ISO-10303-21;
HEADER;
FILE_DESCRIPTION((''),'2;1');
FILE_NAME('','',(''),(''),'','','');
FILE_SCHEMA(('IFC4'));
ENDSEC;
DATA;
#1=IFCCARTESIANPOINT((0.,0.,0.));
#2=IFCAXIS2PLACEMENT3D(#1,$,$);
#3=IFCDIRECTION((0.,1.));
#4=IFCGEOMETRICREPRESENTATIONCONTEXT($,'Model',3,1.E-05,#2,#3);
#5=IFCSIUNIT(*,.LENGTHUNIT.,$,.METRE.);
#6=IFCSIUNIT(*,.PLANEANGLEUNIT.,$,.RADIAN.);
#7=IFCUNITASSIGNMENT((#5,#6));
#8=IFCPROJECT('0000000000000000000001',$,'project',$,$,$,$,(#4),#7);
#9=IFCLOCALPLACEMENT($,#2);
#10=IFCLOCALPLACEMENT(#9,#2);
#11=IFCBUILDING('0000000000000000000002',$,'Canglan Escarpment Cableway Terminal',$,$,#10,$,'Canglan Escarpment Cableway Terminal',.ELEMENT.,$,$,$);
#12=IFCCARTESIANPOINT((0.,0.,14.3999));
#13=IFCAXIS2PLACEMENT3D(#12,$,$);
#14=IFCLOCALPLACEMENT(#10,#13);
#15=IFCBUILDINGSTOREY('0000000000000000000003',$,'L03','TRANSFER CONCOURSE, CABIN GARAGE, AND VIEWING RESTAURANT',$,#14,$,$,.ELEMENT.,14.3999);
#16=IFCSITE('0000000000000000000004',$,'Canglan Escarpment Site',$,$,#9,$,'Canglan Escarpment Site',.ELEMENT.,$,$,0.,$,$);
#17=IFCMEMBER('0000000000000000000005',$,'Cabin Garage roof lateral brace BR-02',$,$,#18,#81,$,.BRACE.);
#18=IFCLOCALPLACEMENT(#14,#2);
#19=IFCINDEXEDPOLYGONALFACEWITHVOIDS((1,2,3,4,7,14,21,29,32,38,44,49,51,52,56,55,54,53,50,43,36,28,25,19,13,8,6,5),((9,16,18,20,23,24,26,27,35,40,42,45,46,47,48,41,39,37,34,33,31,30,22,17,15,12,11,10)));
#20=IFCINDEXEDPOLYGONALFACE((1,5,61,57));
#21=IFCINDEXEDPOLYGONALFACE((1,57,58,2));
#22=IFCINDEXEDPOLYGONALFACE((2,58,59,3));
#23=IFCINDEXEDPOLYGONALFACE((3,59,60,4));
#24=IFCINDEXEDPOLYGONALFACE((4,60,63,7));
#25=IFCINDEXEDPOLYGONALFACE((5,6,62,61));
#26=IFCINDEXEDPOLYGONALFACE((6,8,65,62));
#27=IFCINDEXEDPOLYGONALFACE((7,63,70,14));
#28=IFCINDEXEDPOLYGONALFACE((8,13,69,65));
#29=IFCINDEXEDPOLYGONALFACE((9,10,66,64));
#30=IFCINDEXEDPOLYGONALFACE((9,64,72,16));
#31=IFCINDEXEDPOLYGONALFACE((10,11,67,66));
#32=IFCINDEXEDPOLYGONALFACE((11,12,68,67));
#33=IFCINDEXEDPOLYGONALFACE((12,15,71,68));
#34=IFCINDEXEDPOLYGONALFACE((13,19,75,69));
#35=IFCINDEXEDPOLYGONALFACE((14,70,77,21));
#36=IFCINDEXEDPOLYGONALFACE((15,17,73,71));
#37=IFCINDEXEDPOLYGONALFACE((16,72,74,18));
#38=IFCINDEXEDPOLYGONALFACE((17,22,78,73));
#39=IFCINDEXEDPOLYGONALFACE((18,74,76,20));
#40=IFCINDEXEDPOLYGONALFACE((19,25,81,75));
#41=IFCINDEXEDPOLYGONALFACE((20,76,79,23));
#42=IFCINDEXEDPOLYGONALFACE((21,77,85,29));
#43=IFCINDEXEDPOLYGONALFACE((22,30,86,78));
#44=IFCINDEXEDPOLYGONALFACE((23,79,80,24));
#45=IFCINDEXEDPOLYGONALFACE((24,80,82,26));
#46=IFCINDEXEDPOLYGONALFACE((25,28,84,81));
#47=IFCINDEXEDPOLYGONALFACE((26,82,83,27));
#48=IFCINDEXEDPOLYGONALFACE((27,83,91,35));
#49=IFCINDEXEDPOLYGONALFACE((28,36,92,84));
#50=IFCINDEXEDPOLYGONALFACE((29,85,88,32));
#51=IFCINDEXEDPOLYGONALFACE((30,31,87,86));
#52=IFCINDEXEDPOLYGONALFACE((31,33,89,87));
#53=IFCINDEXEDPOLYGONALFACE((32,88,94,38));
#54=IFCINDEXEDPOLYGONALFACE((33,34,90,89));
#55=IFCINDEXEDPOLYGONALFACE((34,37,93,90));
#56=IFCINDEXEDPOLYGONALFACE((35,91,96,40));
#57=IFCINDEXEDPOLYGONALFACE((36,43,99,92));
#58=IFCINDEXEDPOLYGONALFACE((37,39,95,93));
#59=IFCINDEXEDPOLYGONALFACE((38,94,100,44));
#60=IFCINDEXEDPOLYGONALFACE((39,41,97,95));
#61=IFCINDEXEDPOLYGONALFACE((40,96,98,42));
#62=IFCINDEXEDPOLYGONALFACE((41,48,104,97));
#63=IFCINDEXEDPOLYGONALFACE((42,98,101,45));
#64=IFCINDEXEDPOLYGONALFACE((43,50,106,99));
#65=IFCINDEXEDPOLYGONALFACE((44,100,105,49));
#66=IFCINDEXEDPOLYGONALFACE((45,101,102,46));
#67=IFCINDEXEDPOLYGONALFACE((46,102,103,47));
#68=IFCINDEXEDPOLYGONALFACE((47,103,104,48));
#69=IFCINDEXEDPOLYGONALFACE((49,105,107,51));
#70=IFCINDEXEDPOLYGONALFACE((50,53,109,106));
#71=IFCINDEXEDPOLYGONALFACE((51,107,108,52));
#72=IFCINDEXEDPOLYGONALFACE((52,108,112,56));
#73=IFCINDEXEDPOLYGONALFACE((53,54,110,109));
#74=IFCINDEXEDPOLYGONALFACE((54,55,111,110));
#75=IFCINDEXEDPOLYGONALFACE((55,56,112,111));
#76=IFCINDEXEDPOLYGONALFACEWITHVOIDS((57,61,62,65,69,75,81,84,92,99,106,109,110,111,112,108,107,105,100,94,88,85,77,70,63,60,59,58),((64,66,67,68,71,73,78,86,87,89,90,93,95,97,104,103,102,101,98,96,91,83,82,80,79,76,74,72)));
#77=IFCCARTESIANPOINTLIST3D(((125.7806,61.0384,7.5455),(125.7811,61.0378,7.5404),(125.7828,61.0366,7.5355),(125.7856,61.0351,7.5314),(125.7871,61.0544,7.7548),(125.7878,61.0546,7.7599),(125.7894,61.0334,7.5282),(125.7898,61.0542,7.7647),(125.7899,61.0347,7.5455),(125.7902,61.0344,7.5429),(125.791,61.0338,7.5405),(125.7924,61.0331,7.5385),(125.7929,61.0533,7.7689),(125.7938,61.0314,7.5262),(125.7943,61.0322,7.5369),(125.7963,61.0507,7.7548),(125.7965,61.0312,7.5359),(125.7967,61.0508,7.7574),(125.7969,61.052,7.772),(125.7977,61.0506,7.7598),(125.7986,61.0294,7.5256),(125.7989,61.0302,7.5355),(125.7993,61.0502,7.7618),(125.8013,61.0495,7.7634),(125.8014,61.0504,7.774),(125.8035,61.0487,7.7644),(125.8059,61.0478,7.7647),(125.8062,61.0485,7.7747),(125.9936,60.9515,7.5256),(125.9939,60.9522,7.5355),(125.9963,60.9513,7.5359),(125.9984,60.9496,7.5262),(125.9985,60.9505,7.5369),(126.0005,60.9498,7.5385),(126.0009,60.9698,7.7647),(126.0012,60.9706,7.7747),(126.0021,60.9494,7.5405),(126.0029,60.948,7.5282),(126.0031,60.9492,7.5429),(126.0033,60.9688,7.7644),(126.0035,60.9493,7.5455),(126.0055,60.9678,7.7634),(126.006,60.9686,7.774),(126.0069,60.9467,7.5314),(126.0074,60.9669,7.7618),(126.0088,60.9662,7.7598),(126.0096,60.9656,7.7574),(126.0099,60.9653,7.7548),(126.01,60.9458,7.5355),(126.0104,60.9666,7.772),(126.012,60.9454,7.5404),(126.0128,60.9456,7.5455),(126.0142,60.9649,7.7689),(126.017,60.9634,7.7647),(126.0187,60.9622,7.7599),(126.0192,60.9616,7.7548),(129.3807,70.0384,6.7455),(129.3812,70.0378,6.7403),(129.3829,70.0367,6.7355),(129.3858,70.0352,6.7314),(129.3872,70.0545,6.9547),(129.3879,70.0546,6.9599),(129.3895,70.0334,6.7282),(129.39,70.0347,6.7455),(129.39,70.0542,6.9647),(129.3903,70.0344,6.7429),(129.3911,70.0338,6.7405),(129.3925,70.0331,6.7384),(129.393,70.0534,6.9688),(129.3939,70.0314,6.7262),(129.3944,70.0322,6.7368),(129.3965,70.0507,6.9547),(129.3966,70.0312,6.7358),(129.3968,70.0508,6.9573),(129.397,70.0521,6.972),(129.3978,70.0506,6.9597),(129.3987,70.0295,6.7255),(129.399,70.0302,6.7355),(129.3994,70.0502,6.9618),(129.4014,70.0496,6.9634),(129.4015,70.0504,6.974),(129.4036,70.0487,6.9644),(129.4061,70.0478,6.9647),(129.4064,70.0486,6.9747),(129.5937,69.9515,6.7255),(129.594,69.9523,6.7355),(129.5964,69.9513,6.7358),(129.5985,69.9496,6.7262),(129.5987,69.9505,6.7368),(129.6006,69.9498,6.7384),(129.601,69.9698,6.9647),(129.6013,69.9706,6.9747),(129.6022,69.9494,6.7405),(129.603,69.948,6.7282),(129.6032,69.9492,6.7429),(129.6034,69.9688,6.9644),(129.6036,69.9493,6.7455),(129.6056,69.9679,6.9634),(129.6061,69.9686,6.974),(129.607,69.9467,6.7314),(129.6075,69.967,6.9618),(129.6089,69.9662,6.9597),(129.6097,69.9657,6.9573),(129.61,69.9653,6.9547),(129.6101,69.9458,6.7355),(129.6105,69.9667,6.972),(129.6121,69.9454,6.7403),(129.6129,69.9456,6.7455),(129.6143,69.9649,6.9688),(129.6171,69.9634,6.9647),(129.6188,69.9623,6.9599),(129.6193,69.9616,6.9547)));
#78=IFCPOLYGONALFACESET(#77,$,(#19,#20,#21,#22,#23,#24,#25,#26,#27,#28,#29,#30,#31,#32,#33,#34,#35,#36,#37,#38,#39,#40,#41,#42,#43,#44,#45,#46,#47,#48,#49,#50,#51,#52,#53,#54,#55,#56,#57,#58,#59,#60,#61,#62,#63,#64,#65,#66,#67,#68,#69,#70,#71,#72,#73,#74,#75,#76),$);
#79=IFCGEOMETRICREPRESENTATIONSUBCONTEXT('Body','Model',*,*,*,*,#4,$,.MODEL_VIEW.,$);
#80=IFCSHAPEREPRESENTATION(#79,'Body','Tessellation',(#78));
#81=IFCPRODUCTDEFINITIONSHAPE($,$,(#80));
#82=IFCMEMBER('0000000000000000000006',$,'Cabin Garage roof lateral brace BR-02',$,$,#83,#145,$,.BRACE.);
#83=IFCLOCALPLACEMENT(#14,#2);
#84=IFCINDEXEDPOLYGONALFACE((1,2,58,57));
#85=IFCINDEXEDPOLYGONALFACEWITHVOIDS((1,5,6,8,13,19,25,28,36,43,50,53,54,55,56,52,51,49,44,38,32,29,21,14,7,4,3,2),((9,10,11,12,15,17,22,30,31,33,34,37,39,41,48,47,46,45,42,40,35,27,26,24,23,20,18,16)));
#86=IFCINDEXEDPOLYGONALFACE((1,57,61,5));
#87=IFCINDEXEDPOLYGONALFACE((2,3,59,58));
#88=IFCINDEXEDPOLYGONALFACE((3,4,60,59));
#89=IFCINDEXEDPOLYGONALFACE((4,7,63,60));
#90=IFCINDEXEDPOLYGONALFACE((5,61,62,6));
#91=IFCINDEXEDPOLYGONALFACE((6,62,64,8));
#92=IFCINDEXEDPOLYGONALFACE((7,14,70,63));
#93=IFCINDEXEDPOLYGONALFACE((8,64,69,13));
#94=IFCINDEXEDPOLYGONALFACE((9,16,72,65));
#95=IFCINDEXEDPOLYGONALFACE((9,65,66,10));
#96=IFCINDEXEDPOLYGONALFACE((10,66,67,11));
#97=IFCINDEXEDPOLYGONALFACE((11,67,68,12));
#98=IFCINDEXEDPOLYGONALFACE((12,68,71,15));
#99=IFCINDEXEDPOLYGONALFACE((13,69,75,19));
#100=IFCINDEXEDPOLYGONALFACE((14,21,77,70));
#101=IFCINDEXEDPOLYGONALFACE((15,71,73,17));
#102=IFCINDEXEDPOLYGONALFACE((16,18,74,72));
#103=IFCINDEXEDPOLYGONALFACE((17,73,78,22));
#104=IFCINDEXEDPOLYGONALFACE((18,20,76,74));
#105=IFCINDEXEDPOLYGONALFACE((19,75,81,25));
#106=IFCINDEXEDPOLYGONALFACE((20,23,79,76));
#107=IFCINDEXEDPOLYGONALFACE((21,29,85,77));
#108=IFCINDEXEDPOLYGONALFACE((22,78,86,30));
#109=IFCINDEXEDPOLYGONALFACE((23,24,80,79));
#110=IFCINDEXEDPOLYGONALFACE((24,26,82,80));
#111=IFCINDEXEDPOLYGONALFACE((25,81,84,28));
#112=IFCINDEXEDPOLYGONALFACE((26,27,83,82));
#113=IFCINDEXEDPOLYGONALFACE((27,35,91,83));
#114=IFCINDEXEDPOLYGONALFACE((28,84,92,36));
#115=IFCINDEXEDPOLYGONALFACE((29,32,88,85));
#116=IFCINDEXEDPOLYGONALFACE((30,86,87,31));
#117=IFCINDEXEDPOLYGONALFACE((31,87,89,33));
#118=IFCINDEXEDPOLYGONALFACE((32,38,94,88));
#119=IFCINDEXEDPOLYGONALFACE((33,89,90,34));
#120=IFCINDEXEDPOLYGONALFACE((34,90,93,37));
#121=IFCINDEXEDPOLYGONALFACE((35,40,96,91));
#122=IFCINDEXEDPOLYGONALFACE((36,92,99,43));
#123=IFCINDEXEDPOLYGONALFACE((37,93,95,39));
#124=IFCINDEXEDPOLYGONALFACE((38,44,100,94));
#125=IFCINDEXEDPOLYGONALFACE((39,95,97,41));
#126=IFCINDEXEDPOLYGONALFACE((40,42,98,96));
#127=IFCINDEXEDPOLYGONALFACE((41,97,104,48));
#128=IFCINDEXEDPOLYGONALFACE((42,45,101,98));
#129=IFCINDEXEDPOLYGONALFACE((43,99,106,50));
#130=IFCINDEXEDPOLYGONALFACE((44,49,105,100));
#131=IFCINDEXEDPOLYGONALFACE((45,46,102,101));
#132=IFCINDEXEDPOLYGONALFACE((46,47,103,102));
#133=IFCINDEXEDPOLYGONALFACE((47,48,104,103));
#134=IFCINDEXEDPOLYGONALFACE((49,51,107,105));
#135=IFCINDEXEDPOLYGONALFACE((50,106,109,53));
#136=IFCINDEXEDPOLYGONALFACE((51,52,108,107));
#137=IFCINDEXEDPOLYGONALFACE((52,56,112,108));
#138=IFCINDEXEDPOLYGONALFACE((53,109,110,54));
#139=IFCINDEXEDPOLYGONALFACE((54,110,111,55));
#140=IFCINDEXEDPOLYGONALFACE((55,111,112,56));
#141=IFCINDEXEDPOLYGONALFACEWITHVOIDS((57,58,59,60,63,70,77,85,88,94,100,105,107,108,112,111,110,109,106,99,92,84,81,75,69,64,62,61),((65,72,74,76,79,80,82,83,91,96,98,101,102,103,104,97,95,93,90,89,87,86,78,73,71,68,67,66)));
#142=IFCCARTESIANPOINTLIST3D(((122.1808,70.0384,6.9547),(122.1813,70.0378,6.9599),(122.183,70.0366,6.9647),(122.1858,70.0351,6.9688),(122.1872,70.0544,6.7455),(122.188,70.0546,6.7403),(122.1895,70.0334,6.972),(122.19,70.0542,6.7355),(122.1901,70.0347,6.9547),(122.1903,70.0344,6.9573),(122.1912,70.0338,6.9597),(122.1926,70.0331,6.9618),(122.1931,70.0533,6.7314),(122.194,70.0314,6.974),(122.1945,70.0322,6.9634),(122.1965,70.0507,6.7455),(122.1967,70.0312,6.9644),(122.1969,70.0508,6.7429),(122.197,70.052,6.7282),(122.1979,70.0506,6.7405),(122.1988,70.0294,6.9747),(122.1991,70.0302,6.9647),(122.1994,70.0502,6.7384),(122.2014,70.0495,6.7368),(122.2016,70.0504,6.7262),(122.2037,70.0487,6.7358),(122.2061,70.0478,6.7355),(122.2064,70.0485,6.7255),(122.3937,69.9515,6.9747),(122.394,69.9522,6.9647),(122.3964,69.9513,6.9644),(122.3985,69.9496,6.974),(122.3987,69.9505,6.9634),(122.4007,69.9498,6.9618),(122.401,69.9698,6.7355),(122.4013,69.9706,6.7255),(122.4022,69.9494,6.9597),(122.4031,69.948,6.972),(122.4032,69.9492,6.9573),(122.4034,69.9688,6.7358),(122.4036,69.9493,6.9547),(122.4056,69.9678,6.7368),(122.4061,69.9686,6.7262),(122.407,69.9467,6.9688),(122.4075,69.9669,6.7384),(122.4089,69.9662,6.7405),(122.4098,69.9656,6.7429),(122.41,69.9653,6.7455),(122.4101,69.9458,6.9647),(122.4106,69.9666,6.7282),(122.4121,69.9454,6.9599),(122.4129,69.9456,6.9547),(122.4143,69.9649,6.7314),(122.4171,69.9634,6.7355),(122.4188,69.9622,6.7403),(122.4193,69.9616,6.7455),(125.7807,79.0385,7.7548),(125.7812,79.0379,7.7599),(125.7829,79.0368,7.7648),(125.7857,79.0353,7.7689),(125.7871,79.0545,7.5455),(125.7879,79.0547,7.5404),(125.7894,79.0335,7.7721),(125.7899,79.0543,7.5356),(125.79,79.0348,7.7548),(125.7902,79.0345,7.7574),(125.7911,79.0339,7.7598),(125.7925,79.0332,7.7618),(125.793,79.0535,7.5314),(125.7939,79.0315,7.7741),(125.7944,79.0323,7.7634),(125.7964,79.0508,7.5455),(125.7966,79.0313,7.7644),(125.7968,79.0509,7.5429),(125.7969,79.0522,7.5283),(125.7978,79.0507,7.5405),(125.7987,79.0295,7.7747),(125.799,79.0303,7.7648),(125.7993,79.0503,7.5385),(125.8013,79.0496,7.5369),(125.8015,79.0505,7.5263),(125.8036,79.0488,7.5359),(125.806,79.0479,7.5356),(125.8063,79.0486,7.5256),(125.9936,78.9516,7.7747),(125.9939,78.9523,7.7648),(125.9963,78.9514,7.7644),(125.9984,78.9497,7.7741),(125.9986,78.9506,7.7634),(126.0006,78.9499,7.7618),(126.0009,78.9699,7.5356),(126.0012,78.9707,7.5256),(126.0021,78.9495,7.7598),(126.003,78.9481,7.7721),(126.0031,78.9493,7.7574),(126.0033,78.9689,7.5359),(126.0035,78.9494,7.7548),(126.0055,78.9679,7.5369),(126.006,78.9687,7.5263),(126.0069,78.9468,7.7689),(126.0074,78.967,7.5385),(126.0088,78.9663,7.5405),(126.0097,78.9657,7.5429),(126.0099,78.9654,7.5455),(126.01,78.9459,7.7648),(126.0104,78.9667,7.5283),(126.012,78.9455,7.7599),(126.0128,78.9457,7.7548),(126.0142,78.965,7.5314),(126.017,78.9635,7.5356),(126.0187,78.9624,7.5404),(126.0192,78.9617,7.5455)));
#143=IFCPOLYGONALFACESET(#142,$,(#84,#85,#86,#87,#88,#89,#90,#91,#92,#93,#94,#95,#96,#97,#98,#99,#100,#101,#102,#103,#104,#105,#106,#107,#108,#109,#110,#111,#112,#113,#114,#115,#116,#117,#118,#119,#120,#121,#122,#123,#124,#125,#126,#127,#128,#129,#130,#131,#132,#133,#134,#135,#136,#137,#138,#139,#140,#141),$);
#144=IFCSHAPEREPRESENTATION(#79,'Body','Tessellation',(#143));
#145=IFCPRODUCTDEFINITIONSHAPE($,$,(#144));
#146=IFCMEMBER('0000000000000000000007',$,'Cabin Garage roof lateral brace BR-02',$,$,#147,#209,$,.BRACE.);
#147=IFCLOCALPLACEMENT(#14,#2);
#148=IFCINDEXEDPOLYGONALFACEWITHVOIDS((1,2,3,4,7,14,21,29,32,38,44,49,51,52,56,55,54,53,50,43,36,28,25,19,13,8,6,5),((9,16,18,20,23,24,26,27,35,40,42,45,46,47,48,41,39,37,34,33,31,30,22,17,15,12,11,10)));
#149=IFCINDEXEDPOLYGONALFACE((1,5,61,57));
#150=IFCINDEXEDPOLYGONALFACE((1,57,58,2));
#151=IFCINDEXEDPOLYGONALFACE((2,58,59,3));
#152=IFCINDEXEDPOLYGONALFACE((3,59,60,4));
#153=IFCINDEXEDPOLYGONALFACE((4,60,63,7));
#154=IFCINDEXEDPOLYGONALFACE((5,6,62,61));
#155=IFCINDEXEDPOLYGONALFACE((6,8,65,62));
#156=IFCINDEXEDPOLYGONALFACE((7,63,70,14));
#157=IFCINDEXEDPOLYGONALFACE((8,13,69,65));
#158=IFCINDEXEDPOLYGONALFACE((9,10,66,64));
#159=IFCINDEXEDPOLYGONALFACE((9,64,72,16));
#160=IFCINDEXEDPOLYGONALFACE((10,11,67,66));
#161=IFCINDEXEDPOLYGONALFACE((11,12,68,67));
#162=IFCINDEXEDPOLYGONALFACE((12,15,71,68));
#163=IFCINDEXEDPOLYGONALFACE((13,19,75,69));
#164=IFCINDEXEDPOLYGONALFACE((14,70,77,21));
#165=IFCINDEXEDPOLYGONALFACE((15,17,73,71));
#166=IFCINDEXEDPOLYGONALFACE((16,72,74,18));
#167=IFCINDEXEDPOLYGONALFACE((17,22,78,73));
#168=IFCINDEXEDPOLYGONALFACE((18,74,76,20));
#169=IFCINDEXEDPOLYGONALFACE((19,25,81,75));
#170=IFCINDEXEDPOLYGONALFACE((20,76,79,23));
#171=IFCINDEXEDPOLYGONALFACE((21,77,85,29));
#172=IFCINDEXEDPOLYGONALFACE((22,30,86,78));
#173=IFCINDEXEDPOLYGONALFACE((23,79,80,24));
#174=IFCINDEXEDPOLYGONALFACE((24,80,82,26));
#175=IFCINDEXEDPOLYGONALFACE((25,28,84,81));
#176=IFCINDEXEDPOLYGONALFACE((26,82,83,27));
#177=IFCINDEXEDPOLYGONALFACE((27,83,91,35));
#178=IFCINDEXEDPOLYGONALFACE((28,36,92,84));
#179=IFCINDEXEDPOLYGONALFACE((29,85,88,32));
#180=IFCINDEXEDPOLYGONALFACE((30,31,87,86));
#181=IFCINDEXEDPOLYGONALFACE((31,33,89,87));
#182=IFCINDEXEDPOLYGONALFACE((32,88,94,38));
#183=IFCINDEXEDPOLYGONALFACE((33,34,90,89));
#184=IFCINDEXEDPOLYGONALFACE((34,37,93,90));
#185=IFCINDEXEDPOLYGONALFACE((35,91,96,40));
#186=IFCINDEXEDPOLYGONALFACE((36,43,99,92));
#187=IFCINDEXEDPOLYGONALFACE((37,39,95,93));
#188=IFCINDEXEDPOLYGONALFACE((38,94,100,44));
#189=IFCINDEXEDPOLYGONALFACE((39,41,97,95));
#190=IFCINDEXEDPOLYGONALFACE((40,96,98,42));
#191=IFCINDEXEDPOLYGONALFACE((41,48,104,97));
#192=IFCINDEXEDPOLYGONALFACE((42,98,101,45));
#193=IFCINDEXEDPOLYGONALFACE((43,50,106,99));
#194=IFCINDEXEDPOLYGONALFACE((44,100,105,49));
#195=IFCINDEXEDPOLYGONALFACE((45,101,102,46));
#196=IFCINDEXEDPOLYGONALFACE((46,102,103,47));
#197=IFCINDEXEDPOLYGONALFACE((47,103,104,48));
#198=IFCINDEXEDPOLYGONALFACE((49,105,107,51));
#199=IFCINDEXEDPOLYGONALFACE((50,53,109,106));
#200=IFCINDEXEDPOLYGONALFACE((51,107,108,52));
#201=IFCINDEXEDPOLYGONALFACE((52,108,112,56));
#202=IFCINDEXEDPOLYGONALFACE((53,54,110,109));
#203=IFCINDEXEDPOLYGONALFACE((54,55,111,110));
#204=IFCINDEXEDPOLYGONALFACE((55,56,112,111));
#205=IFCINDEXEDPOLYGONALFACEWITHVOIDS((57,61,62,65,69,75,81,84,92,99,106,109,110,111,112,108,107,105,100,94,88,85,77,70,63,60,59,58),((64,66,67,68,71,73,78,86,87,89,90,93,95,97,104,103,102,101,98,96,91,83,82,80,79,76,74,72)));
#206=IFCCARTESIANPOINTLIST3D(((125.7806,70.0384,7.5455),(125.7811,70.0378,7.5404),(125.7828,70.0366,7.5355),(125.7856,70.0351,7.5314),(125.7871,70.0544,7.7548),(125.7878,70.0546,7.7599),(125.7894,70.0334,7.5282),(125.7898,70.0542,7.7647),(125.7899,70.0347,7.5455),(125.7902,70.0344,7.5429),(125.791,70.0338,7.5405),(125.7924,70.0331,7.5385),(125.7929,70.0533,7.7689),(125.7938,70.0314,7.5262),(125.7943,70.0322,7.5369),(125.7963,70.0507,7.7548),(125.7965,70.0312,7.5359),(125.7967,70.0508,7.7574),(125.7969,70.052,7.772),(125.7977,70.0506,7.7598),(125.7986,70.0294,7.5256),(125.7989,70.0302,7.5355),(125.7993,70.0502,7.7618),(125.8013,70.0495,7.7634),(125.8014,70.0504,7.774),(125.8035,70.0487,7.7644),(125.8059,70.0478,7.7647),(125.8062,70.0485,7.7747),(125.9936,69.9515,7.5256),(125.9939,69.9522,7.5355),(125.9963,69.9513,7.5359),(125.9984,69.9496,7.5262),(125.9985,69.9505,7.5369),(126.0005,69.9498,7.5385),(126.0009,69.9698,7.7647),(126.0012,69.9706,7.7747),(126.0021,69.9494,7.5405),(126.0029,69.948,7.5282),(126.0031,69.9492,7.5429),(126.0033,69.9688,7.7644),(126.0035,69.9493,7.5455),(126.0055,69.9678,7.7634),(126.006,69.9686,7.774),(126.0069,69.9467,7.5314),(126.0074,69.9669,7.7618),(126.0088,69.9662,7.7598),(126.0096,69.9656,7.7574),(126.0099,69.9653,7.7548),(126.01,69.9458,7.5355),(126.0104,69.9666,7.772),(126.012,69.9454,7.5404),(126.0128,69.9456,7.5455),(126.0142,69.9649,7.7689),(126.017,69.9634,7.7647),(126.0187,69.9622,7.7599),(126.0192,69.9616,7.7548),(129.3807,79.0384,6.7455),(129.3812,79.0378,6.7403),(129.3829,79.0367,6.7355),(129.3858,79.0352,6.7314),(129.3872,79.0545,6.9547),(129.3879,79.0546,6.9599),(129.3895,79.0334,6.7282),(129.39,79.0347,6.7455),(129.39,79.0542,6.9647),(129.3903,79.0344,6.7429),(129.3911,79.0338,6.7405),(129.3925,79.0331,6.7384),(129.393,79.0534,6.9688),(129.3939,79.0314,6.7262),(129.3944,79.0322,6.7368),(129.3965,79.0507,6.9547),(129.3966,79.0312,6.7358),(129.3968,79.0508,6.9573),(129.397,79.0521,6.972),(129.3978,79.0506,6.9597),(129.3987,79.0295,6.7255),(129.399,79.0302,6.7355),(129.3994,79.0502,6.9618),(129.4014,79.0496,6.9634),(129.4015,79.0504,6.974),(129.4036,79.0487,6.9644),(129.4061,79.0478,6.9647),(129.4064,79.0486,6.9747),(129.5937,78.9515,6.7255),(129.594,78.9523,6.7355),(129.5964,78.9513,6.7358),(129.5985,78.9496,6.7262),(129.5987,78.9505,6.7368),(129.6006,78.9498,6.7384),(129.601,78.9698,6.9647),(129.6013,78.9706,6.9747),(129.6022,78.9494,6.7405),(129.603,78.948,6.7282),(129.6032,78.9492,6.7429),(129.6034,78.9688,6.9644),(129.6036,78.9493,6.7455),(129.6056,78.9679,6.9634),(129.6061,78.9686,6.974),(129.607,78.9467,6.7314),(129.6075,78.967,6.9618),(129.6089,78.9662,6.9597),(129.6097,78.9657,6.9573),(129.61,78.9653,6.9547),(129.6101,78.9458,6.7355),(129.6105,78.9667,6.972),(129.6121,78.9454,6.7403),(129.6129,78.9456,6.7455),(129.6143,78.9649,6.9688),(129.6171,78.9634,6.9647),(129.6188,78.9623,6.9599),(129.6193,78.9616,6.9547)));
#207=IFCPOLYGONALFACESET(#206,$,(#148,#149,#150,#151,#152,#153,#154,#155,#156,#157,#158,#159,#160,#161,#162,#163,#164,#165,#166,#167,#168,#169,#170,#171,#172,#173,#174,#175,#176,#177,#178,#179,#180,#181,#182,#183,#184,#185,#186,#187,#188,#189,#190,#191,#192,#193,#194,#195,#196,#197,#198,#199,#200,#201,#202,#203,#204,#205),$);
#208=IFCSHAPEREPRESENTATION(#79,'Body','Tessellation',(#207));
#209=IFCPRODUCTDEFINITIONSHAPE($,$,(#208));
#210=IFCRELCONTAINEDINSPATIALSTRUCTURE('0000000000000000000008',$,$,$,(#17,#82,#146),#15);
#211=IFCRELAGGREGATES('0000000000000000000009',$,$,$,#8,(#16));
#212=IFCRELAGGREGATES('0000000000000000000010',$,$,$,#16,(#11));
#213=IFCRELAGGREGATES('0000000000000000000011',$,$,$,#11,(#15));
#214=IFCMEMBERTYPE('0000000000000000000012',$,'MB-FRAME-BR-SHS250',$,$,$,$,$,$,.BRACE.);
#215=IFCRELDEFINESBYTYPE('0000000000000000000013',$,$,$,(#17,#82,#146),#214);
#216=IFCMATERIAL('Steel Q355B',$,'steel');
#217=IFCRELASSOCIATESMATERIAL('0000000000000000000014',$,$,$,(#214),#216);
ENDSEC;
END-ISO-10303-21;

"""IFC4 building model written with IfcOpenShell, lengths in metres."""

from ifc_helpers import new_model, si_unit, direction, frame, origin, origin_2d, place, context, subcontext, project, spatial, hollow_rectangle, extrude, material, material_profile, profile_set, type_object, element, save


model = new_model("IFC4")

# Units and contexts
model_context = context("Model", 3, precision=1e-05, world=origin(), true_north=direction((0.0, 1.0)))
body_context = subcontext(model_context, "Body", "Model", "MODEL_VIEW")
ifc_project = project(units=[si_unit("LENGTHUNIT", "METRE"), si_unit("PLANEANGLEUNIT", "RADIAN")], contexts=[model_context])

# Site, building, storey
site_placement = place(None, origin())
site = spatial("IfcSite", under=ifc_project, at=site_placement, Name="Canglan Escarpment Site", LongName="Canglan Escarpment Site", CompositionType="ELEMENT", RefElevation=0.0)
building_placement = place(site_placement, origin())
building = spatial("IfcBuilding", under=site, at=building_placement, Name="Canglan Escarpment Cableway Terminal", LongName="Canglan Escarpment Cableway Terminal", CompositionType="ELEMENT")
storey_placement = place(building_placement, frame((0.0, 0.0, 14.3999)))
storey = spatial("IfcBuildingStorey", under=building, at=storey_placement, Name="L03", Description="TRANSFER CONCOURSE, CABIN GARAGE, AND VIEWING RESTAURANT", CompositionType="ELEMENT", Elevation=14.3999)

# Shared definitions
ifc_material_1 = material(Name="Steel Q355B", Category="steel")

# Members
ifc_material_profile_1 = material_profile(ifc_material_1, hollow_rectangle(XDim=0.25, YDim=0.25, WallThickness=0.01, InnerFilletRadius=0.01, OuterFilletRadius=0.02, at=origin_2d()), Name="SHS 250x250x10")
ifc_profile_set_1 = profile_set([ifc_material_profile_1], Name="Steel Q355B")
member_type_1 = type_object("IfcMemberType", Name="MB-FRAME-BR-SHS250", PredefinedType="BRACE", material=ifc_profile_set_1)
for number, where, z_axis, x_axis, name in (
    (1, (125.8999, 61.0, 7.6501), (0.370141, 0.925327, -0.082256), (-0.928473, 0.371399, 0.0), "Cabin Garage roof lateral brace BR-02"),
    (2, (122.3, 70.0, 6.8501), (0.370119, 0.925335, 0.082257), (-0.928482, 0.371378, 0.0), "Cabin Garage roof lateral brace BR-02"),
    (3, (125.8999, 70.0, 7.6501), (0.370141, 0.925327, -0.082256), (-0.928473, 0.371399, 0.0), "Cabin Garage roof lateral brace BR-02"),
):
    element("IfcMember", number, at=place(storey_placement, frame(where, z_axis=z_axis, x_axis=x_axis)), inside=storey, type_object=member_type_1, Name=name, PredefinedType="BRACE", context=body_context, shape_type="SweptSolid", body=[
        extrude(hollow_rectangle(XDim=0.25, YDim=0.25, WallThickness=0.01, InnerFilletRadius=0.01, OuterFilletRadius=0.02, at=origin_2d()), origin(), (0.0, 0.0, 1.0), 9.7263),
    ])

save(model, "model.ifc")
